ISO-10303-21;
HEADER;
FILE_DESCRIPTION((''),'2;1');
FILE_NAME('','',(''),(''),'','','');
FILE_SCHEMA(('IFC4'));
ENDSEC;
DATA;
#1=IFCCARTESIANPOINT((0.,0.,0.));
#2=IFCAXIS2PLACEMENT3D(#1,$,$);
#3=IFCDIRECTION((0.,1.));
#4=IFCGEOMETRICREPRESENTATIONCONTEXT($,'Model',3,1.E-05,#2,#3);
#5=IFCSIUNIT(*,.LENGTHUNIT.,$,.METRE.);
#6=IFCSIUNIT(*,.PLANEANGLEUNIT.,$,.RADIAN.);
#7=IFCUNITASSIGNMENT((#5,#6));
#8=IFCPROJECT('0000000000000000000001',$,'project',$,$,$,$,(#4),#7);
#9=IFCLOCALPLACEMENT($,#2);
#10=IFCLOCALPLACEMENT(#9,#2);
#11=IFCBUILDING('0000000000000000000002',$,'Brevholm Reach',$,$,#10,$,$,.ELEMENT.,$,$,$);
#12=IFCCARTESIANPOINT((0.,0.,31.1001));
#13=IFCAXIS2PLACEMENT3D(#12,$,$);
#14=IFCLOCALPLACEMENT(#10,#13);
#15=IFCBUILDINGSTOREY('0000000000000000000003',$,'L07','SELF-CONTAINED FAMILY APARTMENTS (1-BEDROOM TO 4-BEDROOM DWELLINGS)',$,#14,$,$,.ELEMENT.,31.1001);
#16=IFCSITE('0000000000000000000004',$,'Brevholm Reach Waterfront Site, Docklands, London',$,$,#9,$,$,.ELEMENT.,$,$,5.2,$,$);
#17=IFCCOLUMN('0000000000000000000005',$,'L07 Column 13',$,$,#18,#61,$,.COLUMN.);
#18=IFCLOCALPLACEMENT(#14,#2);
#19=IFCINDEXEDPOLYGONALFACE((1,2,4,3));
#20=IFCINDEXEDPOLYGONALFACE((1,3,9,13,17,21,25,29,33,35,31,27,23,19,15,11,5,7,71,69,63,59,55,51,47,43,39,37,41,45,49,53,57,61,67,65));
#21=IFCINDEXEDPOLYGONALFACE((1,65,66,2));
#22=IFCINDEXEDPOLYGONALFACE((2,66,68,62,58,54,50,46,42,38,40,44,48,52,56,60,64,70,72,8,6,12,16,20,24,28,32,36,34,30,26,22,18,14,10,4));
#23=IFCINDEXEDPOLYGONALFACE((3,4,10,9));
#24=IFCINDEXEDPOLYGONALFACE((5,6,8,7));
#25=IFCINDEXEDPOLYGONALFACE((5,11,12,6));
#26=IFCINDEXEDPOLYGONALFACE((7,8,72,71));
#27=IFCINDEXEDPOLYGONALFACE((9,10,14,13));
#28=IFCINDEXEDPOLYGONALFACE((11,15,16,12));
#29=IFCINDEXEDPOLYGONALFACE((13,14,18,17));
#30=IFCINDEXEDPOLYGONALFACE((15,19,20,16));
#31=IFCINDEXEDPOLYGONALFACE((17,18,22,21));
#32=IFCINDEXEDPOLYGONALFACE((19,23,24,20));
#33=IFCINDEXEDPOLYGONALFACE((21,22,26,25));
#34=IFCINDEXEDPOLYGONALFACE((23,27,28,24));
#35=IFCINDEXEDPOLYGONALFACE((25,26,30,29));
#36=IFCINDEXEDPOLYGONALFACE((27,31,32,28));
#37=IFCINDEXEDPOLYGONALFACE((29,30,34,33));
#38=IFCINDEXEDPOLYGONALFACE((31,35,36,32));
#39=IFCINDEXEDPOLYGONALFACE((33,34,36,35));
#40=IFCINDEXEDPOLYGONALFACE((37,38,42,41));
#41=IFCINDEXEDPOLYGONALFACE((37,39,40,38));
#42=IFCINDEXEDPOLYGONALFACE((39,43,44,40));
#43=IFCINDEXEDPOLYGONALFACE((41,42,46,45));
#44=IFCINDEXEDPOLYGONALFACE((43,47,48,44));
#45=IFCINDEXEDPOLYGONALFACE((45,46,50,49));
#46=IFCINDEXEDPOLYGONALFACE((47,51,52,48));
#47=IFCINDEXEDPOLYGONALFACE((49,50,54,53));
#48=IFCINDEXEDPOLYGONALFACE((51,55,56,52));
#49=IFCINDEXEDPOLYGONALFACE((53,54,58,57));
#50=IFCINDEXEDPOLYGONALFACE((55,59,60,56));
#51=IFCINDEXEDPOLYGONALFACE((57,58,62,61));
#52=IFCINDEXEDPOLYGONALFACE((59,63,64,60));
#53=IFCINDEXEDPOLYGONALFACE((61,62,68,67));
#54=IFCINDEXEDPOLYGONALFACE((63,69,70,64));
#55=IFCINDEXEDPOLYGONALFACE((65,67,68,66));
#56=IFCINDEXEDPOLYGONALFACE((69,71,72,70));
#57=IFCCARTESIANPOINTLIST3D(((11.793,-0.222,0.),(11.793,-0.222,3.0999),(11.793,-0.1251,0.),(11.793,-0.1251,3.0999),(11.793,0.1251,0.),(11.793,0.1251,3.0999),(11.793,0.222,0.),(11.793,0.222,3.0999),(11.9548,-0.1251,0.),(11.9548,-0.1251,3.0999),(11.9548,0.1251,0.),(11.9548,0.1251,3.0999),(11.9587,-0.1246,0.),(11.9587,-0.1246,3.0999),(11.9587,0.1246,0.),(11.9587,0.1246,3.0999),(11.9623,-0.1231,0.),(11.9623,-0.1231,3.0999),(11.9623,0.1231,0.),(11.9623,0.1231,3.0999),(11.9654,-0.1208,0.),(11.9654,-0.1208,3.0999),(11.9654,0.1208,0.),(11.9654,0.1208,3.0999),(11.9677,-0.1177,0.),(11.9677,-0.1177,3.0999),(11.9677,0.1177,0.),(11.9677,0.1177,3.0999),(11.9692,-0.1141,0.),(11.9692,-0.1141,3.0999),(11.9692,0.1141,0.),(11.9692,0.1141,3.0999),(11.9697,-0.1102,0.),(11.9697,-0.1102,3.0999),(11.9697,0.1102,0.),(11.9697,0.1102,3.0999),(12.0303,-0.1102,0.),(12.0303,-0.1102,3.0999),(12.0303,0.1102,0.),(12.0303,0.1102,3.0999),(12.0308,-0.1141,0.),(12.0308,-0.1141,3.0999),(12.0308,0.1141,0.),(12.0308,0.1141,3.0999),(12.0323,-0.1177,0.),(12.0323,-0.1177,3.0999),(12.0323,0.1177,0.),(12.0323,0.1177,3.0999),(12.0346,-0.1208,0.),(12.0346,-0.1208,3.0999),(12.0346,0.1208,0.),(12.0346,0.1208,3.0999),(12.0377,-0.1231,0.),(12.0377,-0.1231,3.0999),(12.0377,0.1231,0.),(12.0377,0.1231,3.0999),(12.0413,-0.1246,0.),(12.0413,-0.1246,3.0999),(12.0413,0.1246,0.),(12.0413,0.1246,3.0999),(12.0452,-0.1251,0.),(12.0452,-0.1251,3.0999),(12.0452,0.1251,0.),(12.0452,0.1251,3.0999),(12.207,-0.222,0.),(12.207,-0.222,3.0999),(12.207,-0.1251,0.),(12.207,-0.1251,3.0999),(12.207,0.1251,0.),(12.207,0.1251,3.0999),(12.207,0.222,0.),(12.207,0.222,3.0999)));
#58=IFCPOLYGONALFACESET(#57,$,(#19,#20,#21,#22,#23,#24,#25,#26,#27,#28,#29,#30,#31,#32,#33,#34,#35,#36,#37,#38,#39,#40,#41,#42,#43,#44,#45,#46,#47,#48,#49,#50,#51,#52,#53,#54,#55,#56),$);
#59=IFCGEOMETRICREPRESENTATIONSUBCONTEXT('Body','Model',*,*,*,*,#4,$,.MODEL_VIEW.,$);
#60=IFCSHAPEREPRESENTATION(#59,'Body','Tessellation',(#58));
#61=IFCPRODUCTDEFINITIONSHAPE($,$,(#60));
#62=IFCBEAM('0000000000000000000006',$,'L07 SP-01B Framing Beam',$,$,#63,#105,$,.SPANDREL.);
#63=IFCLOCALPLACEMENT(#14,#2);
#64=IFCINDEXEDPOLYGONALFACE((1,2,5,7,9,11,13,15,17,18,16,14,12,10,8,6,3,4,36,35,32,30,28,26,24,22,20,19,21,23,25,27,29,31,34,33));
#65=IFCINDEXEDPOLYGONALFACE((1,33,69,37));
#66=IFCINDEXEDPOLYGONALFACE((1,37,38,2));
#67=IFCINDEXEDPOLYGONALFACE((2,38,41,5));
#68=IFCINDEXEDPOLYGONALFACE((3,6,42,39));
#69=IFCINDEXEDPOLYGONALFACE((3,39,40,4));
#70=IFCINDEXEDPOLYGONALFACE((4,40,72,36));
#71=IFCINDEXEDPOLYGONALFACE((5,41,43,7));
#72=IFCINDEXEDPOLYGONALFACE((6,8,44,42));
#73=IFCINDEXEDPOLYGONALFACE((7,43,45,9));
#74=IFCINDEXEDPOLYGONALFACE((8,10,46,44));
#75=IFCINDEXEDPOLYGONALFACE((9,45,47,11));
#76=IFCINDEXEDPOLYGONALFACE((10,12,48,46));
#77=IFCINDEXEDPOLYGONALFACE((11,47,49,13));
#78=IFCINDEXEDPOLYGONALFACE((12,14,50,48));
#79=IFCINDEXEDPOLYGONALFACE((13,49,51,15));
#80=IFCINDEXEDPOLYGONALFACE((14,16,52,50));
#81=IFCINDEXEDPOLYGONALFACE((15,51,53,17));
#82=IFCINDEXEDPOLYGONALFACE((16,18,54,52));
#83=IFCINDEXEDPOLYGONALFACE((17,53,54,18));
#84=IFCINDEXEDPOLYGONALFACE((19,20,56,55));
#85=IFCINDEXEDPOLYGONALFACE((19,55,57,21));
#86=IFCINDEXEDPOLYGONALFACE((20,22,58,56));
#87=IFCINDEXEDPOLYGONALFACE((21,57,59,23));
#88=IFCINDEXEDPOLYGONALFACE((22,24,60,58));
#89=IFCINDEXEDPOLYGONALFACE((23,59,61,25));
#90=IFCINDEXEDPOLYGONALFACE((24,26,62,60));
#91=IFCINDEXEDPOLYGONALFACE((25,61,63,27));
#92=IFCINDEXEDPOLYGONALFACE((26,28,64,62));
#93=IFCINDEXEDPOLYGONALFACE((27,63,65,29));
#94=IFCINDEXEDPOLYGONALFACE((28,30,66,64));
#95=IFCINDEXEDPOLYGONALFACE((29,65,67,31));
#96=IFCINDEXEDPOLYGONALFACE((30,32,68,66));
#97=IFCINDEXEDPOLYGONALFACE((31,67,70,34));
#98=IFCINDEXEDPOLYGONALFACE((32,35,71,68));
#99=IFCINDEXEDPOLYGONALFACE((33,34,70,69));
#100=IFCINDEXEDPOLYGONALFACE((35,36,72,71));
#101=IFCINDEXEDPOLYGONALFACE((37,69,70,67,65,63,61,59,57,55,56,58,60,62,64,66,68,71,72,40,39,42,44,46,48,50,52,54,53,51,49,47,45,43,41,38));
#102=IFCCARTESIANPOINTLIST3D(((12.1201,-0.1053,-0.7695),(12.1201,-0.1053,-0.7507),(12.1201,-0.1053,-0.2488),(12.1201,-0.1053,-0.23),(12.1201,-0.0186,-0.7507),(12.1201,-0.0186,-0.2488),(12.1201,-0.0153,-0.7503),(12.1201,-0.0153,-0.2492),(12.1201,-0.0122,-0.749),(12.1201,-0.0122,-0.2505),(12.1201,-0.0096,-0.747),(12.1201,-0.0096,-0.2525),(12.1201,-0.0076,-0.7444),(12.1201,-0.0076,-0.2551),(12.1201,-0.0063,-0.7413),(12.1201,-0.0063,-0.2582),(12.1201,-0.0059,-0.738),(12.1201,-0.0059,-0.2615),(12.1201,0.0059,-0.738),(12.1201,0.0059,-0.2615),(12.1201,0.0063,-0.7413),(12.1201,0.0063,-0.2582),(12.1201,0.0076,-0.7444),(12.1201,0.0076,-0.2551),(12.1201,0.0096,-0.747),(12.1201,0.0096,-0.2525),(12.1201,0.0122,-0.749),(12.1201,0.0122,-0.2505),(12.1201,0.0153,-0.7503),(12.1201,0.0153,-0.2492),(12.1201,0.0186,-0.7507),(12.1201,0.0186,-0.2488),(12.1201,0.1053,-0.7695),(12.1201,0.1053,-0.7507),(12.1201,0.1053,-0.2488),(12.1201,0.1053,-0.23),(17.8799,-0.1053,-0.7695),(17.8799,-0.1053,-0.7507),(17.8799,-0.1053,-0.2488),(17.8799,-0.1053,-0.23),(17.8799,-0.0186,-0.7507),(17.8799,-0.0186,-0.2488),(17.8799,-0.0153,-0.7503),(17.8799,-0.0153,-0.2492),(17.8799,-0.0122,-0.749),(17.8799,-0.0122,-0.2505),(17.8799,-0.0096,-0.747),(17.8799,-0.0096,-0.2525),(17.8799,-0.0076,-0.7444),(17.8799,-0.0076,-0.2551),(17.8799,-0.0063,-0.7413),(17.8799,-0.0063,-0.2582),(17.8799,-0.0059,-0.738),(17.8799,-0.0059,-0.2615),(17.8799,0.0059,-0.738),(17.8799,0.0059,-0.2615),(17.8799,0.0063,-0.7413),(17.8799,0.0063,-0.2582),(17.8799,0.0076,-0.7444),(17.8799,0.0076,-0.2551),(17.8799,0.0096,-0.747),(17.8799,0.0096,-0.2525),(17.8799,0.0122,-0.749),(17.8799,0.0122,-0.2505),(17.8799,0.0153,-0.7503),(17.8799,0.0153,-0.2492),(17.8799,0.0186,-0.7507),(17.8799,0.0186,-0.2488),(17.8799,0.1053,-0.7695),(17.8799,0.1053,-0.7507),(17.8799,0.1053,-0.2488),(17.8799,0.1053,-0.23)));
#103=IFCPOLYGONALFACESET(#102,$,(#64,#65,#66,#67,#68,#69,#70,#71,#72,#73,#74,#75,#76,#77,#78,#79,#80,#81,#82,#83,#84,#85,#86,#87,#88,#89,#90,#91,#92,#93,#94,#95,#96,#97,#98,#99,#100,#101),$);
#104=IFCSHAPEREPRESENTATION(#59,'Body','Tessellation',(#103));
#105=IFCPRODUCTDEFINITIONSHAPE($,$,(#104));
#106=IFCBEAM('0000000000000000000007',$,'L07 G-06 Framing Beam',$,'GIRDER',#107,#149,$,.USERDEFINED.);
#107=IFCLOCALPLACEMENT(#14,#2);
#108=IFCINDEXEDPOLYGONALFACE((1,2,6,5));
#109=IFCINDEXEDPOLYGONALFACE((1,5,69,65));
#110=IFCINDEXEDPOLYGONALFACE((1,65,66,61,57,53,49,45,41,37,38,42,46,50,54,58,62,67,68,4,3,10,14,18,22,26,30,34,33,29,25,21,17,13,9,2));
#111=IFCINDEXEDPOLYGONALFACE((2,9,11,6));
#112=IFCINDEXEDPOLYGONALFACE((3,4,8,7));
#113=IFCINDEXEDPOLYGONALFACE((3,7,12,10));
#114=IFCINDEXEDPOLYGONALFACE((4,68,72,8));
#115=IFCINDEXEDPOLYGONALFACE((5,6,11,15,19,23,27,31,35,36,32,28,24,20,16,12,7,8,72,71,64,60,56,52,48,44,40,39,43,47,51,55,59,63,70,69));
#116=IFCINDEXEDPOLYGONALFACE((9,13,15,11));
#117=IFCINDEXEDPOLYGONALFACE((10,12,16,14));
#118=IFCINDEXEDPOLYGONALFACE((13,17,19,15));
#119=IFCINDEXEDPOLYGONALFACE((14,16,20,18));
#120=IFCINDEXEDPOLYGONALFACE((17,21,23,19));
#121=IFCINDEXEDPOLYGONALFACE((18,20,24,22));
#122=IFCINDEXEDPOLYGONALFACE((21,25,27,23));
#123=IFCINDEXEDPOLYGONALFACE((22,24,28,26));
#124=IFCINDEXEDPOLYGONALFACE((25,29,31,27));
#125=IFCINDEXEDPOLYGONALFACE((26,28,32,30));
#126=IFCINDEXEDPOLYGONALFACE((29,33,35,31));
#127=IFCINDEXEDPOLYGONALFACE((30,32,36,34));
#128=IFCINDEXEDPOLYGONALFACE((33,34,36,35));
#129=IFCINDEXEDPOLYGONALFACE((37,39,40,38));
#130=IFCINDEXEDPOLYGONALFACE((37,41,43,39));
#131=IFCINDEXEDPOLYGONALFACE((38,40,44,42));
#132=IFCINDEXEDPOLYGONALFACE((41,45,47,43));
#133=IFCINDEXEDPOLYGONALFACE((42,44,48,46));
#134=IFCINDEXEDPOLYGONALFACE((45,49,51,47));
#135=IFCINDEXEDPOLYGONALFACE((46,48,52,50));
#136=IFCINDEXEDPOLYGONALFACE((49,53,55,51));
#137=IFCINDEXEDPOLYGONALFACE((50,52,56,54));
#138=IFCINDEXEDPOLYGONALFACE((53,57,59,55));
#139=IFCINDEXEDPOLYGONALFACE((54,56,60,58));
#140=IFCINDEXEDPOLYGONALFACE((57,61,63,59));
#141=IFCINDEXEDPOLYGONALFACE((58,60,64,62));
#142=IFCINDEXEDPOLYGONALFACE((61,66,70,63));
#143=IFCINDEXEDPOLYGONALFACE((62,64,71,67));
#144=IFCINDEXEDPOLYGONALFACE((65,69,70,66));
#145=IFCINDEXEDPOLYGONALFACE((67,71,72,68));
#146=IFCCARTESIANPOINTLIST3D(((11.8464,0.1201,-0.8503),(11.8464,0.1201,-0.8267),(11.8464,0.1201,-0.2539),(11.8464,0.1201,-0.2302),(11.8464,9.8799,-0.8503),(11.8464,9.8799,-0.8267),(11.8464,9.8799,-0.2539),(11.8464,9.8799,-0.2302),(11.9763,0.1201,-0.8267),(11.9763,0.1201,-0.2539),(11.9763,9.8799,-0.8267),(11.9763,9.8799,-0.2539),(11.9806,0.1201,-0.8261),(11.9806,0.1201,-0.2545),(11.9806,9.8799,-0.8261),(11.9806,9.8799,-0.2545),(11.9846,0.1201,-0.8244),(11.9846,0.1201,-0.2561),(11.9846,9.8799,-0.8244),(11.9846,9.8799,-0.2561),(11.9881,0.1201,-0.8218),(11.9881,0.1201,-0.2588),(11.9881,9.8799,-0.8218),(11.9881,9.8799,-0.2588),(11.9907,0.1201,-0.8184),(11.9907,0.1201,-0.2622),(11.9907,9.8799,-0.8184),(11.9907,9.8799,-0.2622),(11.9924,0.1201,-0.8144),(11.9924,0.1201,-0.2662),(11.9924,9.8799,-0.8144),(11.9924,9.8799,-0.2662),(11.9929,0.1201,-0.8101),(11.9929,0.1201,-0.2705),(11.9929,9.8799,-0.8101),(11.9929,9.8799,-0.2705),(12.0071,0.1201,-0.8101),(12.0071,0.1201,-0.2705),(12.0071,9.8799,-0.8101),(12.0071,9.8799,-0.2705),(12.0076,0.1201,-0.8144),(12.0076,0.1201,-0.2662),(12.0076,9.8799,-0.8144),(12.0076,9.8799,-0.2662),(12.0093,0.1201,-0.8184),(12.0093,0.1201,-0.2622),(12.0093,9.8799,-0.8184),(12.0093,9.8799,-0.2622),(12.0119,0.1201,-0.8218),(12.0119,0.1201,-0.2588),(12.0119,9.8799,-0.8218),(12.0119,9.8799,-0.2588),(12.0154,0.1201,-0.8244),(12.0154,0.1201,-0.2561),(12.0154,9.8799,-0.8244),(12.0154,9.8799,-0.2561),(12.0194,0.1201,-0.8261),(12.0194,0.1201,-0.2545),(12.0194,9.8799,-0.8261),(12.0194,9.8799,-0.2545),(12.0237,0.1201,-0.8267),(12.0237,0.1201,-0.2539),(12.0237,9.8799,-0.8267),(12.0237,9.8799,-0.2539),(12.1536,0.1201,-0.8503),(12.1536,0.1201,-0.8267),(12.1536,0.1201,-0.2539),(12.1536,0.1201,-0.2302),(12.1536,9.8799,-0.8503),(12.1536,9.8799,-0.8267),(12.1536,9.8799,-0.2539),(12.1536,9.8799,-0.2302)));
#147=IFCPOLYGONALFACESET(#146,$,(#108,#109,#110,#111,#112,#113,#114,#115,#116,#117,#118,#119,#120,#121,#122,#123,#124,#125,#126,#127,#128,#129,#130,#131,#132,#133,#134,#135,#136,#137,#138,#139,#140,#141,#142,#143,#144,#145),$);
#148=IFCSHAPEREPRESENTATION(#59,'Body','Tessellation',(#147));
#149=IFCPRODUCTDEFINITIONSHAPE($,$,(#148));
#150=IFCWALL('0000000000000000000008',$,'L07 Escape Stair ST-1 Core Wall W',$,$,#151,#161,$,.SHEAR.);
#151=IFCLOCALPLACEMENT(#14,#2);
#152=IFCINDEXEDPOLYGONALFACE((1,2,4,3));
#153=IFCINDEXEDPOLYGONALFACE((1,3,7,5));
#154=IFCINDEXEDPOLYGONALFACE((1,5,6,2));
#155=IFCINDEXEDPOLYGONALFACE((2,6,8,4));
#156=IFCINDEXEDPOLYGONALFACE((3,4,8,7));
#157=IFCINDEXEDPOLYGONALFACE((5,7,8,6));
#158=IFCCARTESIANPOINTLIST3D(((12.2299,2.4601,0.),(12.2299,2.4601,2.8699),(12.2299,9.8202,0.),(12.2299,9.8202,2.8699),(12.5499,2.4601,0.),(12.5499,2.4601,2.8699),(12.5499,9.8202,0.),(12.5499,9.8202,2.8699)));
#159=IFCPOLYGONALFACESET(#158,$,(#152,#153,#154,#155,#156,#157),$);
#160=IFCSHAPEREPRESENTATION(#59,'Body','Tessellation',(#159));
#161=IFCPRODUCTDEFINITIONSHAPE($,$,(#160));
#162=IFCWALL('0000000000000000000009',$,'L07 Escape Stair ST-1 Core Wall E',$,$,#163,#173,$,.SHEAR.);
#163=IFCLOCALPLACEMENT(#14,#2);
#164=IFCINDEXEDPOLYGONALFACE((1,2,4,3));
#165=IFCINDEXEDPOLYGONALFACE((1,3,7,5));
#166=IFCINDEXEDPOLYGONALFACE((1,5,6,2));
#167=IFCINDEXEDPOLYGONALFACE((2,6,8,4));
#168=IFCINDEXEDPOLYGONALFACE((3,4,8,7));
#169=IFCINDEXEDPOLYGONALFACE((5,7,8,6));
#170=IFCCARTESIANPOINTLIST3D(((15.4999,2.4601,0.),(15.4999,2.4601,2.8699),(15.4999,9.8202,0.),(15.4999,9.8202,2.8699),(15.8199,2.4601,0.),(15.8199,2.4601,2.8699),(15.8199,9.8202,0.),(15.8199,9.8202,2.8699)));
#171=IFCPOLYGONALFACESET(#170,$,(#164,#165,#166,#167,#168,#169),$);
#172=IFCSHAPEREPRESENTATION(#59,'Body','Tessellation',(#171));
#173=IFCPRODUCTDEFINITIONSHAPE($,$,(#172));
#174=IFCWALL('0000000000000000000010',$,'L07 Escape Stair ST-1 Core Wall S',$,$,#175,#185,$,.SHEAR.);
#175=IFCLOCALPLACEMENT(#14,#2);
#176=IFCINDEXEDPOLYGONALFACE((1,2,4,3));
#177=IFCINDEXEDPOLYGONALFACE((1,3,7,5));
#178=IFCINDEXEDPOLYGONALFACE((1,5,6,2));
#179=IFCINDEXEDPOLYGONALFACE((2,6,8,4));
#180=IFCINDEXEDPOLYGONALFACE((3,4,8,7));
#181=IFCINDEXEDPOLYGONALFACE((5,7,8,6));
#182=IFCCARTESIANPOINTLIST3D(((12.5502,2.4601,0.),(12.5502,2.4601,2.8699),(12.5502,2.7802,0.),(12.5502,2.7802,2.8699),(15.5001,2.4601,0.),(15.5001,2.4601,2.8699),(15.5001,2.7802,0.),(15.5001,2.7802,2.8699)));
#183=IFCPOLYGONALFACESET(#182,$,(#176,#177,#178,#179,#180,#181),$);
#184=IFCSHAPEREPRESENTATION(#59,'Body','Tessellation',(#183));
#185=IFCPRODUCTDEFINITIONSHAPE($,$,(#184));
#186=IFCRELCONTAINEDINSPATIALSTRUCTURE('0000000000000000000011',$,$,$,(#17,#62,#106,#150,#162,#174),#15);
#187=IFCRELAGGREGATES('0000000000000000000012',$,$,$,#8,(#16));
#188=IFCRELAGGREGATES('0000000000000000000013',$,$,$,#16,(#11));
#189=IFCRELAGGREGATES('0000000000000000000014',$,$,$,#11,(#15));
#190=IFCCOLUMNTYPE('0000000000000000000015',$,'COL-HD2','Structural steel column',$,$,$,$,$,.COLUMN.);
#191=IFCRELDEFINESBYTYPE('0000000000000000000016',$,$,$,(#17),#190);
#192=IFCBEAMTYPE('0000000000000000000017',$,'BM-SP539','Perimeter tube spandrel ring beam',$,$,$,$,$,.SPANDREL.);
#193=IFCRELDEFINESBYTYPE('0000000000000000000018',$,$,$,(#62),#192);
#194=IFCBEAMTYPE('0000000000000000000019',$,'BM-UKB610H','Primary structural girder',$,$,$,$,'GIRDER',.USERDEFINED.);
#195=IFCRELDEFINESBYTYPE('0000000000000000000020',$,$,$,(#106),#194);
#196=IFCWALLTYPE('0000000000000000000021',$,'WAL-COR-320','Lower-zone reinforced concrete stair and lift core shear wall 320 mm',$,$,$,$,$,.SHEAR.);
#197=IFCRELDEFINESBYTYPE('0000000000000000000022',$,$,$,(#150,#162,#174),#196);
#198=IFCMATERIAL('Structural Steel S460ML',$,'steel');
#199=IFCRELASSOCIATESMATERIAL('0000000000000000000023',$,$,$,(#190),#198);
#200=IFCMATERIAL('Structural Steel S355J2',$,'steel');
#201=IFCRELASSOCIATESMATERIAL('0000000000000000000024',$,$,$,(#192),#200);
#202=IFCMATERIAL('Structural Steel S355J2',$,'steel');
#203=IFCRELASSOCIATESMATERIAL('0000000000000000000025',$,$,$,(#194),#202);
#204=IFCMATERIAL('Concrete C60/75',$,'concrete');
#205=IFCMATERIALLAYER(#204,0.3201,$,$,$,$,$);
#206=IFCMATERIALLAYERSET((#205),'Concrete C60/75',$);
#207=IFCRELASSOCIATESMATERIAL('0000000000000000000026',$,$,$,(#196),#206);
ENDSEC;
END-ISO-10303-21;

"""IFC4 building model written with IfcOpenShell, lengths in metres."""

from ifc_helpers import new_model, si_unit, direction, frame, frame_2d, origin, origin_2d, place, context, subcontext, project, spatial, rectangle, i_section, extrude, material, layer, layer_set, material_profile, profile_set, type_object, element, save


model = new_model("IFC4")

# Units and contexts
model_context = context("Model", 3, precision=1e-05, world=origin(), true_north=direction((0.0, 1.0)))
body_context = subcontext(model_context, "Body", "Model", "MODEL_VIEW")
ifc_project = project(units=[si_unit("LENGTHUNIT", "METRE"), si_unit("PLANEANGLEUNIT", "RADIAN")], contexts=[model_context])

# Site, building, storey
site_placement = place(None, origin())
site = spatial("IfcSite", under=ifc_project, at=site_placement, Name="Brevholm Reach Waterfront Site, Docklands, London", CompositionType="ELEMENT", RefElevation=5.2)
building_placement = place(site_placement, origin())
building = spatial("IfcBuilding", under=site, at=building_placement, Name="Brevholm Reach", CompositionType="ELEMENT")
storey_placement = place(building_placement, frame((0.0, 0.0, 31.1001)))
storey = spatial("IfcBuildingStorey", under=building, at=storey_placement, Name="L07", Description="SELF-CONTAINED FAMILY APARTMENTS (1-BEDROOM TO 4-BEDROOM DWELLINGS)", CompositionType="ELEMENT", Elevation=31.1001)

# Column
ifc_material_1 = material(Name="Structural Steel S460ML", Category="steel")
ifc_material_profile_1 = material_profile(ifc_material_1, i_section(OverallWidth=0.4141, OverallDepth=0.4441, WebThickness=0.0605, FlangeThickness=0.0969, FilletRadius=0.0149, at=origin_2d()), Name="HD 400x818")
ifc_profile_set_1 = profile_set([ifc_material_profile_1], Name="Structural Steel S460ML")
column_type = type_object("IfcColumnType", Name="COL-HD2", Description="Structural steel column", PredefinedType="COLUMN", material=ifc_profile_set_1)
column_placement = place(storey_placement, frame((12.0, 0.0, 0.0), z_axis=(0.0, 0.0, 1.0), x_axis=(1.0, 0.0, 0.0)))
element("IfcColumn", 1, at=column_placement, inside=storey, type_object=column_type, Name="L07 Column 13", PredefinedType="COLUMN", context=body_context, shape_type="SweptSolid", body=[
    extrude(i_section(OverallWidth=0.4141, OverallDepth=0.4441, WebThickness=0.0605, FlangeThickness=0.0969, FilletRadius=0.0149, at=origin_2d()), origin(), (0.0, 0.0, 1.0), 3.0999),
])

# Beams
ifc_material_2 = material(Name="Structural Steel S355J2", Category="steel")
ifc_material_profile_2 = material_profile(ifc_material_2, i_section(OverallWidth=0.2107, OverallDepth=0.5396, WebThickness=0.0117, FlangeThickness=0.0188, FilletRadius=0.0127, at=origin_2d()), Name="UKB 533x210x109")
ifc_profile_set_2 = profile_set([ifc_material_profile_2], Name="Structural Steel S355J2")
beam_type_1 = type_object("IfcBeamType", Name="BM-SP539", Description="Perimeter tube spandrel ring beam", PredefinedType="SPANDREL", material=ifc_profile_set_2)
beam_1_placement = place(storey_placement, frame((12.1201, 0.0, -0.4998), z_axis=(1.0, 0.0, 0.0), x_axis=(0.0, 1.0, 0.0)))
element("IfcBeam", 2, at=beam_1_placement, inside=storey, type_object=beam_type_1, Name="L07 SP-01B Framing Beam", PredefinedType="SPANDREL", context=body_context, shape_type="SweptSolid", body=[
    extrude(i_section(OverallWidth=0.2107, OverallDepth=0.5396, WebThickness=0.0117, FlangeThickness=0.0188, FilletRadius=0.0127, at=origin_2d()), origin(), (0.0, 0.0, 1.0), 5.7598),
])
ifc_material_3 = material(Name="Structural Steel S355J2", Category="steel")
ifc_material_profile_3 = material_profile(ifc_material_3, i_section(OverallWidth=0.3071, OverallDepth=0.6201, WebThickness=0.0142, FlangeThickness=0.0237, FilletRadius=0.0166, at=origin_2d()), Name="UKB 610x305x179")
ifc_profile_set_3 = profile_set([ifc_material_profile_3], Name="Structural Steel S355J2")
beam_type_2 = type_object("IfcBeamType", Name="BM-UKB610H", Description="Primary structural girder", ElementType="GIRDER", PredefinedType="USERDEFINED", material=ifc_profile_set_3)
beam_2_placement = place(storey_placement, frame((12.0, 0.1201, -0.5403), z_axis=(0.0, 1.0, 0.0), x_axis=(-1.0, 0.0, 0.0)))
element("IfcBeam", 3, at=beam_2_placement, inside=storey, type_object=beam_type_2, Name="L07 G-06 Framing Beam", ObjectType="GIRDER", PredefinedType="USERDEFINED", context=body_context, shape_type="SweptSolid", body=[
    extrude(i_section(OverallWidth=0.3071, OverallDepth=0.6201, WebThickness=0.0142, FlangeThickness=0.0237, FilletRadius=0.0166, at=origin_2d()), origin(), (0.0, 0.0, 1.0), 9.7598),
])

# Walls
ifc_material_4 = material(Name="Concrete C60/75", Category="concrete")
ifc_layer_1 = layer(ifc_material_4, 0.3201)
ifc_layer_set_1 = layer_set([ifc_layer_1], Name="Concrete C60/75")
wall_type_1 = type_object("IfcWallType", Name="WAL-COR-320", Description="Lower-zone reinforced concrete stair and lift core shear wall 320 mm", PredefinedType="SHEAR", material=ifc_layer_set_1)
for number, where, z_axis, x_axis, name in (
    (4, (12.3899, 2.46, 0.0), (0.0, 0.0, 1.0), (0.0, 1.0, 0.0), "L07 Escape Stair ST-1 Core Wall W"),
    (5, (15.6599, 2.46, 0.0), (0.0, 0.0, 1.0), (0.0, 1.0, 0.0), "L07 Escape Stair ST-1 Core Wall E"),
):
    element("IfcWall", number, at=place(storey_placement, frame(where, z_axis=z_axis, x_axis=x_axis)), inside=storey, type_object=wall_type_1, Name=name, PredefinedType="SHEAR", context=body_context, shape_type="SweptSolid", body=[
        extrude(rectangle(XDim=7.3601, YDim=0.3201, at=frame_2d((3.6802, 0.0))), origin(), (0.0, 0.0, 1.0), 2.8699),
    ])
wall_1_placement = place(storey_placement, frame((12.55, 2.6201, 0.0), z_axis=(0.0, 0.0, 1.0), x_axis=(1.0, 0.0, 0.0)))
element("IfcWall", 6, at=wall_1_placement, inside=storey, type_object=wall_type_1, Name="L07 Escape Stair ST-1 Core Wall S", PredefinedType="SHEAR", context=body_context, shape_type="SweptSolid", body=[
    extrude(rectangle(XDim=2.95, YDim=0.3201, at=frame_2d((1.4751, 0.0))), origin(), (0.0, 0.0, 1.0), 2.8699),
])

save(model, "model.ifc")
